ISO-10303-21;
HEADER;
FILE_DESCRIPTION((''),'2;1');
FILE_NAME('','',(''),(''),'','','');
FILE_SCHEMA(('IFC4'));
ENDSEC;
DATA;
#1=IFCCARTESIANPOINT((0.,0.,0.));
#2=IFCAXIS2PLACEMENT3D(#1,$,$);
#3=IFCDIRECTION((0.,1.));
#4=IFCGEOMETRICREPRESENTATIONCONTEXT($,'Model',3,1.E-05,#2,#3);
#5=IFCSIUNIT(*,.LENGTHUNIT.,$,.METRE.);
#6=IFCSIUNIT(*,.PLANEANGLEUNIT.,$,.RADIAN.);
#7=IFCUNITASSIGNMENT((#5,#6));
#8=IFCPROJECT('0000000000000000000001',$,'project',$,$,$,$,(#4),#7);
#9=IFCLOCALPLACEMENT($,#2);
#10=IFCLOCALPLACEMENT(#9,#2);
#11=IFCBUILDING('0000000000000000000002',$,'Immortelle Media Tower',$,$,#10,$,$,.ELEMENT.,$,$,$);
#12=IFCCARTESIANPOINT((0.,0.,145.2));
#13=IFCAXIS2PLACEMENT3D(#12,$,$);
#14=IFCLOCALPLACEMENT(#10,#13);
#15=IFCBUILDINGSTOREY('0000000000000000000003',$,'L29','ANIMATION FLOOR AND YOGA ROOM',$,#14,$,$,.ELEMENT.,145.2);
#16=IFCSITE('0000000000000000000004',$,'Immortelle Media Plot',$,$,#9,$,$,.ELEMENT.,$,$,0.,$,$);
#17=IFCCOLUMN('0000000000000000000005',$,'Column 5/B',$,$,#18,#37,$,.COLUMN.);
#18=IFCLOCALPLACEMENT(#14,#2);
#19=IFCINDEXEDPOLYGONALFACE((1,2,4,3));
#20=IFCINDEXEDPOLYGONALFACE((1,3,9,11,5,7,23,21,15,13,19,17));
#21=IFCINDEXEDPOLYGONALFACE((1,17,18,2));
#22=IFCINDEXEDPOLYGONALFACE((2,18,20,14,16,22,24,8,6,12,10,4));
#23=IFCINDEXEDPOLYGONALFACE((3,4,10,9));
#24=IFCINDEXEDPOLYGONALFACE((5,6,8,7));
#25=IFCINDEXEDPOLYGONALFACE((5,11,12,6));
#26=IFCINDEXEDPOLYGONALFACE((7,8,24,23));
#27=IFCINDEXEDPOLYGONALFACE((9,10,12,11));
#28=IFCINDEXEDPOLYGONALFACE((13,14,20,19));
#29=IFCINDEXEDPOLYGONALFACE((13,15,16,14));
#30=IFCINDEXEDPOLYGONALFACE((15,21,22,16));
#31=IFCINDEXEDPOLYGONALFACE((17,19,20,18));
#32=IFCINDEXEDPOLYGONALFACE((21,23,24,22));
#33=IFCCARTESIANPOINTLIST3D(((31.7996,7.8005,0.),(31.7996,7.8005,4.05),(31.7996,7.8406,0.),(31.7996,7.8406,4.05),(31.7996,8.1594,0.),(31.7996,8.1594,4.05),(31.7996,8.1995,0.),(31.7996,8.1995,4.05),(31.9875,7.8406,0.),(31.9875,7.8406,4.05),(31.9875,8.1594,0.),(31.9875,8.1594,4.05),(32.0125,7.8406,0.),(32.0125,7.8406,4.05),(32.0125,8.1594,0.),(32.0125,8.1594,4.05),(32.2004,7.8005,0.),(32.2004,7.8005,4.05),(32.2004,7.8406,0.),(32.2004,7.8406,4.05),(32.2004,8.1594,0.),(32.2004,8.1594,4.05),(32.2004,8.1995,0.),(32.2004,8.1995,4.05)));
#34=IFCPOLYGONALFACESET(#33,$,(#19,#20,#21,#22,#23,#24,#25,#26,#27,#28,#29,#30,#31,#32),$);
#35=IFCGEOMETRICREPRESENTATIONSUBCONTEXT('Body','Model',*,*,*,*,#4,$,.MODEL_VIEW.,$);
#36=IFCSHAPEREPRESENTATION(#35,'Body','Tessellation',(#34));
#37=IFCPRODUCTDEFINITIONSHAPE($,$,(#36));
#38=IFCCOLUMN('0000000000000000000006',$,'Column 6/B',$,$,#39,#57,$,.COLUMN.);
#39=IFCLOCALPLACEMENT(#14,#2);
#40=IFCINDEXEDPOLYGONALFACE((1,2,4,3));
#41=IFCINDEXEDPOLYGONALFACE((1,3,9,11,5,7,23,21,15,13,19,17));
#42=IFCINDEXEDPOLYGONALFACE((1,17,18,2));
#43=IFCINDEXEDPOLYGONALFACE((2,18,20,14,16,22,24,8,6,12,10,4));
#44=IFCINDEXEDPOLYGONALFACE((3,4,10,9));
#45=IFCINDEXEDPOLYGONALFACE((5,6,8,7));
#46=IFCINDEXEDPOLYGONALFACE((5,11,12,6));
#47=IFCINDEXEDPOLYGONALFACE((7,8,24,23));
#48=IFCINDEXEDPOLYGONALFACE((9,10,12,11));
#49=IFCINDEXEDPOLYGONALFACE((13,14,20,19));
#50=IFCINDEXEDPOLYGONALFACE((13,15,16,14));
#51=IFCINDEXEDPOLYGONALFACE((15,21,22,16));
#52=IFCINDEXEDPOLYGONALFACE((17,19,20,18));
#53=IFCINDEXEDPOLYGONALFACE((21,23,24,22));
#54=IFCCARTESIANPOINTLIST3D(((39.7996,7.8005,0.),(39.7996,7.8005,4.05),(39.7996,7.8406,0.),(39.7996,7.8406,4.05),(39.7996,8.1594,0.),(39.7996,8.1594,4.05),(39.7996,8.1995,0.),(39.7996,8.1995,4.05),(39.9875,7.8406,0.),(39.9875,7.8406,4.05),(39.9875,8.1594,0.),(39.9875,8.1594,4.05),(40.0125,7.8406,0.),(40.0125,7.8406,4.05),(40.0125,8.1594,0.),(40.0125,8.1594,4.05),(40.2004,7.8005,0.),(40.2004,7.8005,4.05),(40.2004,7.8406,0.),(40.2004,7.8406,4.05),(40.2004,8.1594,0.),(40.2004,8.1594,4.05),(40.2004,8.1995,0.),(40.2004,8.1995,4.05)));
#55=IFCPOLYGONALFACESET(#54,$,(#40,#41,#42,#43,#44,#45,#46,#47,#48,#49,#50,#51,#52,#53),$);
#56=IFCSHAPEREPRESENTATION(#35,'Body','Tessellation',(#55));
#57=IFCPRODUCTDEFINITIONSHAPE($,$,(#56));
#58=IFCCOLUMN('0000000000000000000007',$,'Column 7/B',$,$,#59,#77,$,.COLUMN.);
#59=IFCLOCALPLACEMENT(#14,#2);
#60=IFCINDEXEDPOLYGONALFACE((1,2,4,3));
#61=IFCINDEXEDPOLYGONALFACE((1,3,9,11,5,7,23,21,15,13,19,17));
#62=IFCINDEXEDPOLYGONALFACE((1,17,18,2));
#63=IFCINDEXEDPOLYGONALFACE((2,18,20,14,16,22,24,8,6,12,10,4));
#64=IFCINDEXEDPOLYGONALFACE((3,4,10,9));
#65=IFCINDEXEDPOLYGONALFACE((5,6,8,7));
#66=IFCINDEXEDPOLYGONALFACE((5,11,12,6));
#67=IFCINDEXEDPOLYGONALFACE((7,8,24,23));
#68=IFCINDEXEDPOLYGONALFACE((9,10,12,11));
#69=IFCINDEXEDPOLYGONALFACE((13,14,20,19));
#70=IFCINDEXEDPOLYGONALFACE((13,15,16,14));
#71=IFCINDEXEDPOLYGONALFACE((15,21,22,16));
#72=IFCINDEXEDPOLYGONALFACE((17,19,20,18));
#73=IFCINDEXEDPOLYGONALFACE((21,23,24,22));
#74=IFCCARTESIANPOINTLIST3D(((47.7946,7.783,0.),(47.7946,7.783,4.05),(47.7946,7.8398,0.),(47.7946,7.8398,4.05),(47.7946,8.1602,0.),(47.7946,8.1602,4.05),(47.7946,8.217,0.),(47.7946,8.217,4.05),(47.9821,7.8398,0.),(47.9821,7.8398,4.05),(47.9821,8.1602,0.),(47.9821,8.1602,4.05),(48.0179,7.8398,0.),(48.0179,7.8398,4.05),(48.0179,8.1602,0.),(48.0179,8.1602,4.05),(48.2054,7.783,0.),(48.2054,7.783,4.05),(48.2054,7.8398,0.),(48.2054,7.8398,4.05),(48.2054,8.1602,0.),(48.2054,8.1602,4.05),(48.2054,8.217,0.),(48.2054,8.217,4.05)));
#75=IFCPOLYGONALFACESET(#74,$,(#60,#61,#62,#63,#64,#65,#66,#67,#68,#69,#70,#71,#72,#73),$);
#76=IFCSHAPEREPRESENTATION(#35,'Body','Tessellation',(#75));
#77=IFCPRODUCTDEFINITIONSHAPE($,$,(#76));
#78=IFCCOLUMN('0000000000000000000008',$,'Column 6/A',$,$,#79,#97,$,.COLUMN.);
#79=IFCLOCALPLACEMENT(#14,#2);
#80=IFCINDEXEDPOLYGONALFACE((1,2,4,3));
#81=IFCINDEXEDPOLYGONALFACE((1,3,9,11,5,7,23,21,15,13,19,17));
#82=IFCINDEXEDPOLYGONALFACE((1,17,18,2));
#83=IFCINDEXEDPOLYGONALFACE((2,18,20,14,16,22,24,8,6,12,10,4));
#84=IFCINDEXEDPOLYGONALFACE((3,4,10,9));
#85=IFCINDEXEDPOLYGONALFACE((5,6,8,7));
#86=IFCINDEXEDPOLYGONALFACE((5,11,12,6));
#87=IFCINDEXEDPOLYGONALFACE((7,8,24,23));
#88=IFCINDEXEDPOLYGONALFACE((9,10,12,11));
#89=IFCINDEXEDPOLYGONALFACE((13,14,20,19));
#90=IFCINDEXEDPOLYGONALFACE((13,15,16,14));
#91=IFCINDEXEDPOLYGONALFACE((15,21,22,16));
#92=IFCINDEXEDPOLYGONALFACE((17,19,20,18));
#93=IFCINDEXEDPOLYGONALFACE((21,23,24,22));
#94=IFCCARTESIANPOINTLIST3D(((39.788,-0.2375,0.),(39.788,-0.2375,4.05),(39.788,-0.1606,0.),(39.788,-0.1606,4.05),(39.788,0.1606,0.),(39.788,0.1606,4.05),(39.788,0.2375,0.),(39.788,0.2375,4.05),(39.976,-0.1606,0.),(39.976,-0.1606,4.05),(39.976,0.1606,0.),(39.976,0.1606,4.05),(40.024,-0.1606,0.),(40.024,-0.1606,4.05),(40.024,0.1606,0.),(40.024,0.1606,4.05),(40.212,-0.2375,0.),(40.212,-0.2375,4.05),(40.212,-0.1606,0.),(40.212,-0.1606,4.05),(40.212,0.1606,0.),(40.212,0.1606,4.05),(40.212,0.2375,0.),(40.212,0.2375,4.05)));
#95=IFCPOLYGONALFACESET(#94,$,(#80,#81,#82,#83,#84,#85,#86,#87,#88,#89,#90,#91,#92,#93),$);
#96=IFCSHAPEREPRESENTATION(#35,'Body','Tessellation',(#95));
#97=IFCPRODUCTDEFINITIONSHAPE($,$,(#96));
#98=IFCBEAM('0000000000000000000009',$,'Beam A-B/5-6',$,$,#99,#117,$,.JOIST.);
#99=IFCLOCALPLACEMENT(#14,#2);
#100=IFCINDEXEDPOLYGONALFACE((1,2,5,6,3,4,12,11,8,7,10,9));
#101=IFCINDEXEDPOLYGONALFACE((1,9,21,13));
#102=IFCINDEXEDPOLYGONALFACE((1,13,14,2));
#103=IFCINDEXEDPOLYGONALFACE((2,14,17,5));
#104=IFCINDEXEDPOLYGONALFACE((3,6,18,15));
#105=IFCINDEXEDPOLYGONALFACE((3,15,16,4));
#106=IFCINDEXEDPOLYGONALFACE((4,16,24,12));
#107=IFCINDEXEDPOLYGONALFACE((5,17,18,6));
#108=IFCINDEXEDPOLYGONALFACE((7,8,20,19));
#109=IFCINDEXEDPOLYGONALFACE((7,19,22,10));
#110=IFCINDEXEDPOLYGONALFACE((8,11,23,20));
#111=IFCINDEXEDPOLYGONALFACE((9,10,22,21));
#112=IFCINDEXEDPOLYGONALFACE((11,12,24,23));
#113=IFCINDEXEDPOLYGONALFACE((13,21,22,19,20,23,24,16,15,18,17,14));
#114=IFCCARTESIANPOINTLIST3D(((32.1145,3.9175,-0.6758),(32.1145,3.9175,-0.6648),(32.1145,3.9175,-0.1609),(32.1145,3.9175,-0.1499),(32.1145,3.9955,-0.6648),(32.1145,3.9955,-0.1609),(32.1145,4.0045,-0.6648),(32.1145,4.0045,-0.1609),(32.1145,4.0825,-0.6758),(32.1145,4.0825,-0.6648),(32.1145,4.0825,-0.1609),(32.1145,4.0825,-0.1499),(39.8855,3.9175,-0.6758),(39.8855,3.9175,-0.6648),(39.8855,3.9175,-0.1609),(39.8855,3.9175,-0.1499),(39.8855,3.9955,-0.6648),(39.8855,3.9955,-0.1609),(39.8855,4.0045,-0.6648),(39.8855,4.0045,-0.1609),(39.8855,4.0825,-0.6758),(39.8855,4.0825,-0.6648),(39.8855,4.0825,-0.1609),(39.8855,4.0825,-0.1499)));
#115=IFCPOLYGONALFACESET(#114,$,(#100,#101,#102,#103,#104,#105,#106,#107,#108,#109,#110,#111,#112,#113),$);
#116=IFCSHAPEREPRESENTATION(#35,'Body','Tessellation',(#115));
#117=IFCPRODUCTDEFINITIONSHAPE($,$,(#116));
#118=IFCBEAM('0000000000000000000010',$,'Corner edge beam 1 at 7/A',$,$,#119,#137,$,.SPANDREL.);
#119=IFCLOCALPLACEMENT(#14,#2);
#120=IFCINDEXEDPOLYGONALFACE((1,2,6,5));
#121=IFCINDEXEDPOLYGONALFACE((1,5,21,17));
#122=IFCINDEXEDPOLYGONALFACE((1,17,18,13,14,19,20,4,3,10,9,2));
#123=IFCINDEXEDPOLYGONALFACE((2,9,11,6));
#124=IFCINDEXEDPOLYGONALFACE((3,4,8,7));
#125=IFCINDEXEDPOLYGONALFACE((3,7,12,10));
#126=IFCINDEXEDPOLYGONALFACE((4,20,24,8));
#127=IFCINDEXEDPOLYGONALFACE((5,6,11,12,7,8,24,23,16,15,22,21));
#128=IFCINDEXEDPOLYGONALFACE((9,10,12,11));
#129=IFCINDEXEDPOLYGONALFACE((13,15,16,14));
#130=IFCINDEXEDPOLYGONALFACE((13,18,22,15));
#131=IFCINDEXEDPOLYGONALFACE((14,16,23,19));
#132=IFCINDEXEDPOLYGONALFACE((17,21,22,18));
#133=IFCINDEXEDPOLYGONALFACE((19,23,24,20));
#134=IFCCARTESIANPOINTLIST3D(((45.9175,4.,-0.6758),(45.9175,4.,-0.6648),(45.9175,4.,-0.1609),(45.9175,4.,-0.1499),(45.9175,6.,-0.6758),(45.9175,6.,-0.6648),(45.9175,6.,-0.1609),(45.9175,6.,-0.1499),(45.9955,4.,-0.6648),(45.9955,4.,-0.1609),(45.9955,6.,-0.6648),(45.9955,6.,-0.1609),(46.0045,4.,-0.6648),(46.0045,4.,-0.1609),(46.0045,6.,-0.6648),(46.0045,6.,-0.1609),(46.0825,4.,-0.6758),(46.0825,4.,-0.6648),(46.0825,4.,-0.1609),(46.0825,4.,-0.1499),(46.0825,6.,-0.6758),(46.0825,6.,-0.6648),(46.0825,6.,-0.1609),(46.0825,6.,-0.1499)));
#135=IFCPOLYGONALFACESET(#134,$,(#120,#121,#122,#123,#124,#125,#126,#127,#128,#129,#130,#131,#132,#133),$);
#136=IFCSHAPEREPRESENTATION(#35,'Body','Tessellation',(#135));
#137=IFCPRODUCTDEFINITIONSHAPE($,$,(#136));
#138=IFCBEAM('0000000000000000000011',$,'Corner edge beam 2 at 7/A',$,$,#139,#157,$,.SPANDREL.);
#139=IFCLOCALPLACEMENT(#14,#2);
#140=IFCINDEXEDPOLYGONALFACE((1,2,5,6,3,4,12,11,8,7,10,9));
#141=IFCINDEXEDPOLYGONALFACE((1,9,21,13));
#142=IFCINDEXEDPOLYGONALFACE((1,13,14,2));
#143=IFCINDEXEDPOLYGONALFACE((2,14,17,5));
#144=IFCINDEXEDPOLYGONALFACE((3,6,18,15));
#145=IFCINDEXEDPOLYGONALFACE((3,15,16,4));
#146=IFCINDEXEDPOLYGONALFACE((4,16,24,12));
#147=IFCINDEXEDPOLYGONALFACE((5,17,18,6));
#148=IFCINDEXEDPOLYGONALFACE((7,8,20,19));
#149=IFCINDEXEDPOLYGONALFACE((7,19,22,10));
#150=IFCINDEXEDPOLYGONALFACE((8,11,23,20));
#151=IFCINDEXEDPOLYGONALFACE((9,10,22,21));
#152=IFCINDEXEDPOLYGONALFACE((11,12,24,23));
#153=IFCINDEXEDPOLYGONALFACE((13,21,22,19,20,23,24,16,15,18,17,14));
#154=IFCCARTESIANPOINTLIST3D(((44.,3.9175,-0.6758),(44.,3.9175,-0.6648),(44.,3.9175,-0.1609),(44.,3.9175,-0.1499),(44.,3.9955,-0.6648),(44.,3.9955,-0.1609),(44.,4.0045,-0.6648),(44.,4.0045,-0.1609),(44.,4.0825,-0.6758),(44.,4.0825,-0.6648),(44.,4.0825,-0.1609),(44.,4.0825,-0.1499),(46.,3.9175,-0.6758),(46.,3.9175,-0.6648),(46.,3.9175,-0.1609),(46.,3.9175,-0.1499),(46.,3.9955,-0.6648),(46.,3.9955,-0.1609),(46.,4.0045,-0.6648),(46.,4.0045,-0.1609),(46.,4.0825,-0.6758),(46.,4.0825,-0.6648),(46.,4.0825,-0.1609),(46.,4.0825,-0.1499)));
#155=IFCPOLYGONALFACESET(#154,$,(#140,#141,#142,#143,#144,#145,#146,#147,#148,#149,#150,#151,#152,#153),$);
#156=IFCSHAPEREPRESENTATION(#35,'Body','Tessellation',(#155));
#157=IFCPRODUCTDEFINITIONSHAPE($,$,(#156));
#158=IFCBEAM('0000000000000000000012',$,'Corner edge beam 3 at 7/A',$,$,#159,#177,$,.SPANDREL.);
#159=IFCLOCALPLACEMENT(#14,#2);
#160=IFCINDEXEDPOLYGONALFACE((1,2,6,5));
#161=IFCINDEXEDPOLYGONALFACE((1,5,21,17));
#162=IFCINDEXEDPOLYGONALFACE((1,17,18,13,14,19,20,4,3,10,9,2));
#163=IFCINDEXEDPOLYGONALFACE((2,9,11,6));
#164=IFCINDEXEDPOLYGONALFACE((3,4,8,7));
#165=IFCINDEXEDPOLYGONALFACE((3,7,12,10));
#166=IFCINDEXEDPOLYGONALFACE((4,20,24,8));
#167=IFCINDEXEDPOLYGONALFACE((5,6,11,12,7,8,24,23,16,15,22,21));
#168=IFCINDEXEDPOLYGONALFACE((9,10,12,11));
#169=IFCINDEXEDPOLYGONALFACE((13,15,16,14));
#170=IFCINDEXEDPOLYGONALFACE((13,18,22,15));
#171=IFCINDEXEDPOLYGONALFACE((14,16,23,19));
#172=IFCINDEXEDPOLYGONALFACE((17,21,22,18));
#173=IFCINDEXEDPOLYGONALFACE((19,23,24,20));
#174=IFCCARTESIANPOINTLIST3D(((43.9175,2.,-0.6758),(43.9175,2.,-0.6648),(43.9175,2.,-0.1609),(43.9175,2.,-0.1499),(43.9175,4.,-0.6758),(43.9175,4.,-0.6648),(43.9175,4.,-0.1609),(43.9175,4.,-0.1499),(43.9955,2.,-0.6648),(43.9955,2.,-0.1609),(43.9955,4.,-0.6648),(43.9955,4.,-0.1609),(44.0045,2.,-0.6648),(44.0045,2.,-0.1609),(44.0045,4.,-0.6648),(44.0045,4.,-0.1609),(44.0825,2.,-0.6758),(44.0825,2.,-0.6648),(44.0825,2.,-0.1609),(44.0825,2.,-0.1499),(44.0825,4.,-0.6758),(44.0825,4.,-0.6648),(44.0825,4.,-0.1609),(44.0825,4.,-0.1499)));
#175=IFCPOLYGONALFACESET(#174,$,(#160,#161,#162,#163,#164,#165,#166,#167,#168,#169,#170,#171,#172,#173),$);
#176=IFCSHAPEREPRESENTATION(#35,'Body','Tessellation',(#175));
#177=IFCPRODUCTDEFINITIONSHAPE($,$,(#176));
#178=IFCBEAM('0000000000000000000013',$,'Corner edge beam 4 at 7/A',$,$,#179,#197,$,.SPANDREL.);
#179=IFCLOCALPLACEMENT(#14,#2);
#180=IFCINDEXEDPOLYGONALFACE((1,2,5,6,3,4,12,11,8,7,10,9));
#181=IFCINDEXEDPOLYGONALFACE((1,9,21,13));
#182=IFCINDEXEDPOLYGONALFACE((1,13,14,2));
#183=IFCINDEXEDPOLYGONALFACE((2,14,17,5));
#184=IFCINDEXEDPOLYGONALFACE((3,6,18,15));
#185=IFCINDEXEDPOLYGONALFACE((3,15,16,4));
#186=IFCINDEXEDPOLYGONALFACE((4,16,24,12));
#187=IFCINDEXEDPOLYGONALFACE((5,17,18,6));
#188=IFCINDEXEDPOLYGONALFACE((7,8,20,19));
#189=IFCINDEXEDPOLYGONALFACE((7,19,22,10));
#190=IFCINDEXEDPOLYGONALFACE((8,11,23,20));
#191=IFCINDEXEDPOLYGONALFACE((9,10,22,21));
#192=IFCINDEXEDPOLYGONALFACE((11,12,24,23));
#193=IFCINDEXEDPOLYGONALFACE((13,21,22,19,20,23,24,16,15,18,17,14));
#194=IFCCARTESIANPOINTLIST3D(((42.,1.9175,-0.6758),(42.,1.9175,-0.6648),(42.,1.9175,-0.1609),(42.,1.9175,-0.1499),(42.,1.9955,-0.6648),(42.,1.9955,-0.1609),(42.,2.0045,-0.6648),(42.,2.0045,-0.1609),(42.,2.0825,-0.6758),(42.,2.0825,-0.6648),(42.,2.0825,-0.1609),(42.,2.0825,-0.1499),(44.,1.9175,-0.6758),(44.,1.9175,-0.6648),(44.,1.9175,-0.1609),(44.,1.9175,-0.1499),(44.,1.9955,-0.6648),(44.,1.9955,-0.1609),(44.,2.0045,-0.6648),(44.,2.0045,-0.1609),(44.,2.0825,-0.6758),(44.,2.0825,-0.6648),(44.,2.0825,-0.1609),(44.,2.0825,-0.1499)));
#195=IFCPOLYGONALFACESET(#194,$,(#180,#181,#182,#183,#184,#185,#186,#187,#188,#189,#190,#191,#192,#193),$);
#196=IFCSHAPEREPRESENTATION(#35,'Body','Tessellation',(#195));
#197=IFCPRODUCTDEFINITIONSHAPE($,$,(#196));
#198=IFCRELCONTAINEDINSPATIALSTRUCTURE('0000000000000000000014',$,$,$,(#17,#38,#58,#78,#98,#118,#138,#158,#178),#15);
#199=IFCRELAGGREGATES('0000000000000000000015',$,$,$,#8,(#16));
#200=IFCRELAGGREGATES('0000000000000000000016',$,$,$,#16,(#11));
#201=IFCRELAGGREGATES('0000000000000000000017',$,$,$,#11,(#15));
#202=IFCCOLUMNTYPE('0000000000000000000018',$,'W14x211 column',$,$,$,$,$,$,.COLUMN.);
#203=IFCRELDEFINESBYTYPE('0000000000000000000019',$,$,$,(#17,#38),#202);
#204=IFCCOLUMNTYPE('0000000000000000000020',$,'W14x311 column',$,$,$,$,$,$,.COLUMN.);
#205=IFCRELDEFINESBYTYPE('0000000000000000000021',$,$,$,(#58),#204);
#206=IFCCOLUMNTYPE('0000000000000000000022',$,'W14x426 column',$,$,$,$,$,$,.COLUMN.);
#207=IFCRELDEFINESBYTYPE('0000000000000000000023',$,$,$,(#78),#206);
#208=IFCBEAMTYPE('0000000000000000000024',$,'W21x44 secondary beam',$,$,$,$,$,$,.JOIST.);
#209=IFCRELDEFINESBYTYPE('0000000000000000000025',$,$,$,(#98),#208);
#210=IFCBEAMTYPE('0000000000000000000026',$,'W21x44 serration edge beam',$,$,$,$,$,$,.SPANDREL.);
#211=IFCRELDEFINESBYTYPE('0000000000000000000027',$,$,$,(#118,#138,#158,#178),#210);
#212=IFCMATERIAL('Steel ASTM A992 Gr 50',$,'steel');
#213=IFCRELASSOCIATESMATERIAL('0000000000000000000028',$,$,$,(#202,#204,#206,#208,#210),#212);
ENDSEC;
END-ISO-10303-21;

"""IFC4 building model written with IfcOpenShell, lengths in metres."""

from ifc_helpers import new_model, si_unit, direction, frame, origin, origin_2d, place, context, subcontext, project, spatial, i_section, extrude, material, material_profile, profile_set, type_object, element, save


model = new_model("IFC4")

# Units and contexts
model_context = context("Model", 3, precision=1e-05, world=origin(), true_north=direction((0.0, 1.0)))
body_context = subcontext(model_context, "Body", "Model", "MODEL_VIEW")
ifc_project = project(units=[si_unit("LENGTHUNIT", "METRE"), si_unit("PLANEANGLEUNIT", "RADIAN")], contexts=[model_context])

# Site, building, storey
site_placement = place(None, origin())
site = spatial("IfcSite", under=ifc_project, at=site_placement, Name="Immortelle Media Plot", CompositionType="ELEMENT", RefElevation=0.0)
building_placement = place(site_placement, origin())
building = spatial("IfcBuilding", under=site, at=building_placement, Name="Immortelle Media Tower", CompositionType="ELEMENT")
storey_placement = place(building_placement, frame((0.0, 0.0, 145.2)))
storey = spatial("IfcBuildingStorey", under=building, at=storey_placement, Name="L29", Description="ANIMATION FLOOR AND YOGA ROOM", CompositionType="ELEMENT", Elevation=145.2)

# Columns
ifc_material_1 = material(Name="Steel ASTM A992 Gr 50", Category="steel")
ifc_material_profile_1 = material_profile(ifc_material_1, i_section(OverallWidth=0.4009, OverallDepth=0.3989, WebThickness=0.0249, FlangeThickness=0.04, at=origin_2d()), Name="W14x211")
ifc_profile_set_1 = profile_set([ifc_material_profile_1], Name="Steel ASTM A992 Gr 50")
column_type_1 = type_object("IfcColumnType", Name="W14x211 column", PredefinedType="COLUMN", material=ifc_profile_set_1)
for number, where, z_axis, x_axis, name in (
    (1, (32.0, 8.0, 0.0), (0.0, 0.0, 1.0), (1.0, 0.0, 0.0), "Column 5/B"),
    (2, (40.0, 8.0, 0.0), (0.0, 0.0, 1.0), (1.0, 0.0, 0.0), "Column 6/B"),
):
    element("IfcColumn", number, at=place(storey_placement, frame(where, z_axis=z_axis, x_axis=x_axis)), inside=storey, type_object=column_type_1, Name=name, PredefinedType="COLUMN", context=body_context, shape_type="SweptSolid", body=[
        extrude(i_section(OverallWidth=0.4009, OverallDepth=0.3989, WebThickness=0.0249, FlangeThickness=0.04, at=origin_2d()), origin(), (0.0, 0.0, 1.0), 4.05),
    ])
ifc_material_profile_2 = material_profile(ifc_material_1, i_section(OverallWidth=0.4109, OverallDepth=0.4341, WebThickness=0.0359, FlangeThickness=0.0569, at=origin_2d()), Name="W14x311")
ifc_profile_set_2 = profile_set([ifc_material_profile_2], Name="Steel ASTM A992 Gr 50")
column_type_2 = type_object("IfcColumnType", Name="W14x311 column", PredefinedType="COLUMN", material=ifc_profile_set_2)
column_1_placement = place(storey_placement, frame((48.0, 8.0, 0.0), z_axis=(0.0, 0.0, 1.0), x_axis=(1.0, 0.0, 0.0)))
element("IfcColumn", 3, at=column_1_placement, inside=storey, type_object=column_type_2, Name="Column 7/B", PredefinedType="COLUMN", context=body_context, shape_type="SweptSolid", body=[
    extrude(i_section(OverallWidth=0.4109, OverallDepth=0.4341, WebThickness=0.0359, FlangeThickness=0.0569, at=origin_2d()), origin(), (0.0, 0.0, 1.0), 4.05),
])
ifc_material_profile_3 = material_profile(ifc_material_1, i_section(OverallWidth=0.4241, OverallDepth=0.4751, WebThickness=0.0481, FlangeThickness=0.0769, at=origin_2d()), Name="W14x426")
ifc_profile_set_3 = profile_set([ifc_material_profile_3], Name="Steel ASTM A992 Gr 50")
column_type_3 = type_object("IfcColumnType", Name="W14x426 column", PredefinedType="COLUMN", material=ifc_profile_set_3)
column_2_placement = place(storey_placement, frame((40.0, 0.0, 0.0), z_axis=(0.0, 0.0, 1.0), x_axis=(1.0, 0.0, 0.0)))
element("IfcColumn", 4, at=column_2_placement, inside=storey, type_object=column_type_3, Name="Column 6/A", PredefinedType="COLUMN", context=body_context, shape_type="SweptSolid", body=[
    extrude(i_section(OverallWidth=0.4241, OverallDepth=0.4751, WebThickness=0.0481, FlangeThickness=0.0769, at=origin_2d()), origin(), (0.0, 0.0, 1.0), 4.05),
])

# Beams
ifc_material_profile_4 = material_profile(ifc_material_1, i_section(OverallWidth=0.165, OverallDepth=0.5259, WebThickness=0.009, FlangeThickness=0.011, at=origin_2d()), Name="W21x44")
ifc_profile_set_4 = profile_set([ifc_material_profile_4], Name="Steel ASTM A992 Gr 50")
beam_type_1 = type_object("IfcBeamType", Name="W21x44 secondary beam", PredefinedType="JOIST", material=ifc_profile_set_4)
beam_placement = place(storey_placement, frame((32.1145, 4.0, -0.4128), z_axis=(1.0, 0.0, 0.0), x_axis=(0.0, 1.0, 0.0)))
element("IfcBeam", 5, at=beam_placement, inside=storey, type_object=beam_type_1, Name="Beam A-B/5-6", PredefinedType="JOIST", context=body_context, shape_type="SweptSolid", body=[
    extrude(i_section(OverallWidth=0.165, OverallDepth=0.5259, WebThickness=0.009, FlangeThickness=0.011, at=origin_2d()), origin(), (0.0, 0.0, 1.0), 7.771),
])
ifc_material_profile_5 = material_profile(ifc_material_1, i_section(OverallWidth=0.165, OverallDepth=0.5259, WebThickness=0.009, FlangeThickness=0.011, at=origin_2d()), Name="W21x44")
ifc_profile_set_5 = profile_set([ifc_material_profile_5], Name="Steel ASTM A992 Gr 50")
beam_type_2 = type_object("IfcBeamType", Name="W21x44 serration edge beam", PredefinedType="SPANDREL", material=ifc_profile_set_5)
for number, where, z_axis, x_axis, name in (
    (6, (46.0, 6.0, -0.4128), (0.0, -1.0, 0.0), (1.0, 0.0, 0.0), "Corner edge beam 1 at 7/A"),
    (7, (46.0, 4.0, -0.4128), (-1.0, 0.0, 0.0), (0.0, -1.0, 0.0), "Corner edge beam 2 at 7/A"),
    (8, (44.0, 4.0, -0.4128), (0.0, -1.0, 0.0), (1.0, 0.0, 0.0), "Corner edge beam 3 at 7/A"),
    (9, (44.0, 2.0, -0.4128), (-1.0, 0.0, 0.0), (0.0, -1.0, 0.0), "Corner edge beam 4 at 7/A"),
):
    element("IfcBeam", number, at=place(storey_placement, frame(where, z_axis=z_axis, x_axis=x_axis)), inside=storey, type_object=beam_type_2, Name=name, PredefinedType="SPANDREL", context=body_context, shape_type="SweptSolid", body=[
        extrude(i_section(OverallWidth=0.165, OverallDepth=0.5259, WebThickness=0.009, FlangeThickness=0.011, at=origin_2d()), origin(), (0.0, 0.0, 1.0), 2.0),
    ])

save(model, "model.ifc")
